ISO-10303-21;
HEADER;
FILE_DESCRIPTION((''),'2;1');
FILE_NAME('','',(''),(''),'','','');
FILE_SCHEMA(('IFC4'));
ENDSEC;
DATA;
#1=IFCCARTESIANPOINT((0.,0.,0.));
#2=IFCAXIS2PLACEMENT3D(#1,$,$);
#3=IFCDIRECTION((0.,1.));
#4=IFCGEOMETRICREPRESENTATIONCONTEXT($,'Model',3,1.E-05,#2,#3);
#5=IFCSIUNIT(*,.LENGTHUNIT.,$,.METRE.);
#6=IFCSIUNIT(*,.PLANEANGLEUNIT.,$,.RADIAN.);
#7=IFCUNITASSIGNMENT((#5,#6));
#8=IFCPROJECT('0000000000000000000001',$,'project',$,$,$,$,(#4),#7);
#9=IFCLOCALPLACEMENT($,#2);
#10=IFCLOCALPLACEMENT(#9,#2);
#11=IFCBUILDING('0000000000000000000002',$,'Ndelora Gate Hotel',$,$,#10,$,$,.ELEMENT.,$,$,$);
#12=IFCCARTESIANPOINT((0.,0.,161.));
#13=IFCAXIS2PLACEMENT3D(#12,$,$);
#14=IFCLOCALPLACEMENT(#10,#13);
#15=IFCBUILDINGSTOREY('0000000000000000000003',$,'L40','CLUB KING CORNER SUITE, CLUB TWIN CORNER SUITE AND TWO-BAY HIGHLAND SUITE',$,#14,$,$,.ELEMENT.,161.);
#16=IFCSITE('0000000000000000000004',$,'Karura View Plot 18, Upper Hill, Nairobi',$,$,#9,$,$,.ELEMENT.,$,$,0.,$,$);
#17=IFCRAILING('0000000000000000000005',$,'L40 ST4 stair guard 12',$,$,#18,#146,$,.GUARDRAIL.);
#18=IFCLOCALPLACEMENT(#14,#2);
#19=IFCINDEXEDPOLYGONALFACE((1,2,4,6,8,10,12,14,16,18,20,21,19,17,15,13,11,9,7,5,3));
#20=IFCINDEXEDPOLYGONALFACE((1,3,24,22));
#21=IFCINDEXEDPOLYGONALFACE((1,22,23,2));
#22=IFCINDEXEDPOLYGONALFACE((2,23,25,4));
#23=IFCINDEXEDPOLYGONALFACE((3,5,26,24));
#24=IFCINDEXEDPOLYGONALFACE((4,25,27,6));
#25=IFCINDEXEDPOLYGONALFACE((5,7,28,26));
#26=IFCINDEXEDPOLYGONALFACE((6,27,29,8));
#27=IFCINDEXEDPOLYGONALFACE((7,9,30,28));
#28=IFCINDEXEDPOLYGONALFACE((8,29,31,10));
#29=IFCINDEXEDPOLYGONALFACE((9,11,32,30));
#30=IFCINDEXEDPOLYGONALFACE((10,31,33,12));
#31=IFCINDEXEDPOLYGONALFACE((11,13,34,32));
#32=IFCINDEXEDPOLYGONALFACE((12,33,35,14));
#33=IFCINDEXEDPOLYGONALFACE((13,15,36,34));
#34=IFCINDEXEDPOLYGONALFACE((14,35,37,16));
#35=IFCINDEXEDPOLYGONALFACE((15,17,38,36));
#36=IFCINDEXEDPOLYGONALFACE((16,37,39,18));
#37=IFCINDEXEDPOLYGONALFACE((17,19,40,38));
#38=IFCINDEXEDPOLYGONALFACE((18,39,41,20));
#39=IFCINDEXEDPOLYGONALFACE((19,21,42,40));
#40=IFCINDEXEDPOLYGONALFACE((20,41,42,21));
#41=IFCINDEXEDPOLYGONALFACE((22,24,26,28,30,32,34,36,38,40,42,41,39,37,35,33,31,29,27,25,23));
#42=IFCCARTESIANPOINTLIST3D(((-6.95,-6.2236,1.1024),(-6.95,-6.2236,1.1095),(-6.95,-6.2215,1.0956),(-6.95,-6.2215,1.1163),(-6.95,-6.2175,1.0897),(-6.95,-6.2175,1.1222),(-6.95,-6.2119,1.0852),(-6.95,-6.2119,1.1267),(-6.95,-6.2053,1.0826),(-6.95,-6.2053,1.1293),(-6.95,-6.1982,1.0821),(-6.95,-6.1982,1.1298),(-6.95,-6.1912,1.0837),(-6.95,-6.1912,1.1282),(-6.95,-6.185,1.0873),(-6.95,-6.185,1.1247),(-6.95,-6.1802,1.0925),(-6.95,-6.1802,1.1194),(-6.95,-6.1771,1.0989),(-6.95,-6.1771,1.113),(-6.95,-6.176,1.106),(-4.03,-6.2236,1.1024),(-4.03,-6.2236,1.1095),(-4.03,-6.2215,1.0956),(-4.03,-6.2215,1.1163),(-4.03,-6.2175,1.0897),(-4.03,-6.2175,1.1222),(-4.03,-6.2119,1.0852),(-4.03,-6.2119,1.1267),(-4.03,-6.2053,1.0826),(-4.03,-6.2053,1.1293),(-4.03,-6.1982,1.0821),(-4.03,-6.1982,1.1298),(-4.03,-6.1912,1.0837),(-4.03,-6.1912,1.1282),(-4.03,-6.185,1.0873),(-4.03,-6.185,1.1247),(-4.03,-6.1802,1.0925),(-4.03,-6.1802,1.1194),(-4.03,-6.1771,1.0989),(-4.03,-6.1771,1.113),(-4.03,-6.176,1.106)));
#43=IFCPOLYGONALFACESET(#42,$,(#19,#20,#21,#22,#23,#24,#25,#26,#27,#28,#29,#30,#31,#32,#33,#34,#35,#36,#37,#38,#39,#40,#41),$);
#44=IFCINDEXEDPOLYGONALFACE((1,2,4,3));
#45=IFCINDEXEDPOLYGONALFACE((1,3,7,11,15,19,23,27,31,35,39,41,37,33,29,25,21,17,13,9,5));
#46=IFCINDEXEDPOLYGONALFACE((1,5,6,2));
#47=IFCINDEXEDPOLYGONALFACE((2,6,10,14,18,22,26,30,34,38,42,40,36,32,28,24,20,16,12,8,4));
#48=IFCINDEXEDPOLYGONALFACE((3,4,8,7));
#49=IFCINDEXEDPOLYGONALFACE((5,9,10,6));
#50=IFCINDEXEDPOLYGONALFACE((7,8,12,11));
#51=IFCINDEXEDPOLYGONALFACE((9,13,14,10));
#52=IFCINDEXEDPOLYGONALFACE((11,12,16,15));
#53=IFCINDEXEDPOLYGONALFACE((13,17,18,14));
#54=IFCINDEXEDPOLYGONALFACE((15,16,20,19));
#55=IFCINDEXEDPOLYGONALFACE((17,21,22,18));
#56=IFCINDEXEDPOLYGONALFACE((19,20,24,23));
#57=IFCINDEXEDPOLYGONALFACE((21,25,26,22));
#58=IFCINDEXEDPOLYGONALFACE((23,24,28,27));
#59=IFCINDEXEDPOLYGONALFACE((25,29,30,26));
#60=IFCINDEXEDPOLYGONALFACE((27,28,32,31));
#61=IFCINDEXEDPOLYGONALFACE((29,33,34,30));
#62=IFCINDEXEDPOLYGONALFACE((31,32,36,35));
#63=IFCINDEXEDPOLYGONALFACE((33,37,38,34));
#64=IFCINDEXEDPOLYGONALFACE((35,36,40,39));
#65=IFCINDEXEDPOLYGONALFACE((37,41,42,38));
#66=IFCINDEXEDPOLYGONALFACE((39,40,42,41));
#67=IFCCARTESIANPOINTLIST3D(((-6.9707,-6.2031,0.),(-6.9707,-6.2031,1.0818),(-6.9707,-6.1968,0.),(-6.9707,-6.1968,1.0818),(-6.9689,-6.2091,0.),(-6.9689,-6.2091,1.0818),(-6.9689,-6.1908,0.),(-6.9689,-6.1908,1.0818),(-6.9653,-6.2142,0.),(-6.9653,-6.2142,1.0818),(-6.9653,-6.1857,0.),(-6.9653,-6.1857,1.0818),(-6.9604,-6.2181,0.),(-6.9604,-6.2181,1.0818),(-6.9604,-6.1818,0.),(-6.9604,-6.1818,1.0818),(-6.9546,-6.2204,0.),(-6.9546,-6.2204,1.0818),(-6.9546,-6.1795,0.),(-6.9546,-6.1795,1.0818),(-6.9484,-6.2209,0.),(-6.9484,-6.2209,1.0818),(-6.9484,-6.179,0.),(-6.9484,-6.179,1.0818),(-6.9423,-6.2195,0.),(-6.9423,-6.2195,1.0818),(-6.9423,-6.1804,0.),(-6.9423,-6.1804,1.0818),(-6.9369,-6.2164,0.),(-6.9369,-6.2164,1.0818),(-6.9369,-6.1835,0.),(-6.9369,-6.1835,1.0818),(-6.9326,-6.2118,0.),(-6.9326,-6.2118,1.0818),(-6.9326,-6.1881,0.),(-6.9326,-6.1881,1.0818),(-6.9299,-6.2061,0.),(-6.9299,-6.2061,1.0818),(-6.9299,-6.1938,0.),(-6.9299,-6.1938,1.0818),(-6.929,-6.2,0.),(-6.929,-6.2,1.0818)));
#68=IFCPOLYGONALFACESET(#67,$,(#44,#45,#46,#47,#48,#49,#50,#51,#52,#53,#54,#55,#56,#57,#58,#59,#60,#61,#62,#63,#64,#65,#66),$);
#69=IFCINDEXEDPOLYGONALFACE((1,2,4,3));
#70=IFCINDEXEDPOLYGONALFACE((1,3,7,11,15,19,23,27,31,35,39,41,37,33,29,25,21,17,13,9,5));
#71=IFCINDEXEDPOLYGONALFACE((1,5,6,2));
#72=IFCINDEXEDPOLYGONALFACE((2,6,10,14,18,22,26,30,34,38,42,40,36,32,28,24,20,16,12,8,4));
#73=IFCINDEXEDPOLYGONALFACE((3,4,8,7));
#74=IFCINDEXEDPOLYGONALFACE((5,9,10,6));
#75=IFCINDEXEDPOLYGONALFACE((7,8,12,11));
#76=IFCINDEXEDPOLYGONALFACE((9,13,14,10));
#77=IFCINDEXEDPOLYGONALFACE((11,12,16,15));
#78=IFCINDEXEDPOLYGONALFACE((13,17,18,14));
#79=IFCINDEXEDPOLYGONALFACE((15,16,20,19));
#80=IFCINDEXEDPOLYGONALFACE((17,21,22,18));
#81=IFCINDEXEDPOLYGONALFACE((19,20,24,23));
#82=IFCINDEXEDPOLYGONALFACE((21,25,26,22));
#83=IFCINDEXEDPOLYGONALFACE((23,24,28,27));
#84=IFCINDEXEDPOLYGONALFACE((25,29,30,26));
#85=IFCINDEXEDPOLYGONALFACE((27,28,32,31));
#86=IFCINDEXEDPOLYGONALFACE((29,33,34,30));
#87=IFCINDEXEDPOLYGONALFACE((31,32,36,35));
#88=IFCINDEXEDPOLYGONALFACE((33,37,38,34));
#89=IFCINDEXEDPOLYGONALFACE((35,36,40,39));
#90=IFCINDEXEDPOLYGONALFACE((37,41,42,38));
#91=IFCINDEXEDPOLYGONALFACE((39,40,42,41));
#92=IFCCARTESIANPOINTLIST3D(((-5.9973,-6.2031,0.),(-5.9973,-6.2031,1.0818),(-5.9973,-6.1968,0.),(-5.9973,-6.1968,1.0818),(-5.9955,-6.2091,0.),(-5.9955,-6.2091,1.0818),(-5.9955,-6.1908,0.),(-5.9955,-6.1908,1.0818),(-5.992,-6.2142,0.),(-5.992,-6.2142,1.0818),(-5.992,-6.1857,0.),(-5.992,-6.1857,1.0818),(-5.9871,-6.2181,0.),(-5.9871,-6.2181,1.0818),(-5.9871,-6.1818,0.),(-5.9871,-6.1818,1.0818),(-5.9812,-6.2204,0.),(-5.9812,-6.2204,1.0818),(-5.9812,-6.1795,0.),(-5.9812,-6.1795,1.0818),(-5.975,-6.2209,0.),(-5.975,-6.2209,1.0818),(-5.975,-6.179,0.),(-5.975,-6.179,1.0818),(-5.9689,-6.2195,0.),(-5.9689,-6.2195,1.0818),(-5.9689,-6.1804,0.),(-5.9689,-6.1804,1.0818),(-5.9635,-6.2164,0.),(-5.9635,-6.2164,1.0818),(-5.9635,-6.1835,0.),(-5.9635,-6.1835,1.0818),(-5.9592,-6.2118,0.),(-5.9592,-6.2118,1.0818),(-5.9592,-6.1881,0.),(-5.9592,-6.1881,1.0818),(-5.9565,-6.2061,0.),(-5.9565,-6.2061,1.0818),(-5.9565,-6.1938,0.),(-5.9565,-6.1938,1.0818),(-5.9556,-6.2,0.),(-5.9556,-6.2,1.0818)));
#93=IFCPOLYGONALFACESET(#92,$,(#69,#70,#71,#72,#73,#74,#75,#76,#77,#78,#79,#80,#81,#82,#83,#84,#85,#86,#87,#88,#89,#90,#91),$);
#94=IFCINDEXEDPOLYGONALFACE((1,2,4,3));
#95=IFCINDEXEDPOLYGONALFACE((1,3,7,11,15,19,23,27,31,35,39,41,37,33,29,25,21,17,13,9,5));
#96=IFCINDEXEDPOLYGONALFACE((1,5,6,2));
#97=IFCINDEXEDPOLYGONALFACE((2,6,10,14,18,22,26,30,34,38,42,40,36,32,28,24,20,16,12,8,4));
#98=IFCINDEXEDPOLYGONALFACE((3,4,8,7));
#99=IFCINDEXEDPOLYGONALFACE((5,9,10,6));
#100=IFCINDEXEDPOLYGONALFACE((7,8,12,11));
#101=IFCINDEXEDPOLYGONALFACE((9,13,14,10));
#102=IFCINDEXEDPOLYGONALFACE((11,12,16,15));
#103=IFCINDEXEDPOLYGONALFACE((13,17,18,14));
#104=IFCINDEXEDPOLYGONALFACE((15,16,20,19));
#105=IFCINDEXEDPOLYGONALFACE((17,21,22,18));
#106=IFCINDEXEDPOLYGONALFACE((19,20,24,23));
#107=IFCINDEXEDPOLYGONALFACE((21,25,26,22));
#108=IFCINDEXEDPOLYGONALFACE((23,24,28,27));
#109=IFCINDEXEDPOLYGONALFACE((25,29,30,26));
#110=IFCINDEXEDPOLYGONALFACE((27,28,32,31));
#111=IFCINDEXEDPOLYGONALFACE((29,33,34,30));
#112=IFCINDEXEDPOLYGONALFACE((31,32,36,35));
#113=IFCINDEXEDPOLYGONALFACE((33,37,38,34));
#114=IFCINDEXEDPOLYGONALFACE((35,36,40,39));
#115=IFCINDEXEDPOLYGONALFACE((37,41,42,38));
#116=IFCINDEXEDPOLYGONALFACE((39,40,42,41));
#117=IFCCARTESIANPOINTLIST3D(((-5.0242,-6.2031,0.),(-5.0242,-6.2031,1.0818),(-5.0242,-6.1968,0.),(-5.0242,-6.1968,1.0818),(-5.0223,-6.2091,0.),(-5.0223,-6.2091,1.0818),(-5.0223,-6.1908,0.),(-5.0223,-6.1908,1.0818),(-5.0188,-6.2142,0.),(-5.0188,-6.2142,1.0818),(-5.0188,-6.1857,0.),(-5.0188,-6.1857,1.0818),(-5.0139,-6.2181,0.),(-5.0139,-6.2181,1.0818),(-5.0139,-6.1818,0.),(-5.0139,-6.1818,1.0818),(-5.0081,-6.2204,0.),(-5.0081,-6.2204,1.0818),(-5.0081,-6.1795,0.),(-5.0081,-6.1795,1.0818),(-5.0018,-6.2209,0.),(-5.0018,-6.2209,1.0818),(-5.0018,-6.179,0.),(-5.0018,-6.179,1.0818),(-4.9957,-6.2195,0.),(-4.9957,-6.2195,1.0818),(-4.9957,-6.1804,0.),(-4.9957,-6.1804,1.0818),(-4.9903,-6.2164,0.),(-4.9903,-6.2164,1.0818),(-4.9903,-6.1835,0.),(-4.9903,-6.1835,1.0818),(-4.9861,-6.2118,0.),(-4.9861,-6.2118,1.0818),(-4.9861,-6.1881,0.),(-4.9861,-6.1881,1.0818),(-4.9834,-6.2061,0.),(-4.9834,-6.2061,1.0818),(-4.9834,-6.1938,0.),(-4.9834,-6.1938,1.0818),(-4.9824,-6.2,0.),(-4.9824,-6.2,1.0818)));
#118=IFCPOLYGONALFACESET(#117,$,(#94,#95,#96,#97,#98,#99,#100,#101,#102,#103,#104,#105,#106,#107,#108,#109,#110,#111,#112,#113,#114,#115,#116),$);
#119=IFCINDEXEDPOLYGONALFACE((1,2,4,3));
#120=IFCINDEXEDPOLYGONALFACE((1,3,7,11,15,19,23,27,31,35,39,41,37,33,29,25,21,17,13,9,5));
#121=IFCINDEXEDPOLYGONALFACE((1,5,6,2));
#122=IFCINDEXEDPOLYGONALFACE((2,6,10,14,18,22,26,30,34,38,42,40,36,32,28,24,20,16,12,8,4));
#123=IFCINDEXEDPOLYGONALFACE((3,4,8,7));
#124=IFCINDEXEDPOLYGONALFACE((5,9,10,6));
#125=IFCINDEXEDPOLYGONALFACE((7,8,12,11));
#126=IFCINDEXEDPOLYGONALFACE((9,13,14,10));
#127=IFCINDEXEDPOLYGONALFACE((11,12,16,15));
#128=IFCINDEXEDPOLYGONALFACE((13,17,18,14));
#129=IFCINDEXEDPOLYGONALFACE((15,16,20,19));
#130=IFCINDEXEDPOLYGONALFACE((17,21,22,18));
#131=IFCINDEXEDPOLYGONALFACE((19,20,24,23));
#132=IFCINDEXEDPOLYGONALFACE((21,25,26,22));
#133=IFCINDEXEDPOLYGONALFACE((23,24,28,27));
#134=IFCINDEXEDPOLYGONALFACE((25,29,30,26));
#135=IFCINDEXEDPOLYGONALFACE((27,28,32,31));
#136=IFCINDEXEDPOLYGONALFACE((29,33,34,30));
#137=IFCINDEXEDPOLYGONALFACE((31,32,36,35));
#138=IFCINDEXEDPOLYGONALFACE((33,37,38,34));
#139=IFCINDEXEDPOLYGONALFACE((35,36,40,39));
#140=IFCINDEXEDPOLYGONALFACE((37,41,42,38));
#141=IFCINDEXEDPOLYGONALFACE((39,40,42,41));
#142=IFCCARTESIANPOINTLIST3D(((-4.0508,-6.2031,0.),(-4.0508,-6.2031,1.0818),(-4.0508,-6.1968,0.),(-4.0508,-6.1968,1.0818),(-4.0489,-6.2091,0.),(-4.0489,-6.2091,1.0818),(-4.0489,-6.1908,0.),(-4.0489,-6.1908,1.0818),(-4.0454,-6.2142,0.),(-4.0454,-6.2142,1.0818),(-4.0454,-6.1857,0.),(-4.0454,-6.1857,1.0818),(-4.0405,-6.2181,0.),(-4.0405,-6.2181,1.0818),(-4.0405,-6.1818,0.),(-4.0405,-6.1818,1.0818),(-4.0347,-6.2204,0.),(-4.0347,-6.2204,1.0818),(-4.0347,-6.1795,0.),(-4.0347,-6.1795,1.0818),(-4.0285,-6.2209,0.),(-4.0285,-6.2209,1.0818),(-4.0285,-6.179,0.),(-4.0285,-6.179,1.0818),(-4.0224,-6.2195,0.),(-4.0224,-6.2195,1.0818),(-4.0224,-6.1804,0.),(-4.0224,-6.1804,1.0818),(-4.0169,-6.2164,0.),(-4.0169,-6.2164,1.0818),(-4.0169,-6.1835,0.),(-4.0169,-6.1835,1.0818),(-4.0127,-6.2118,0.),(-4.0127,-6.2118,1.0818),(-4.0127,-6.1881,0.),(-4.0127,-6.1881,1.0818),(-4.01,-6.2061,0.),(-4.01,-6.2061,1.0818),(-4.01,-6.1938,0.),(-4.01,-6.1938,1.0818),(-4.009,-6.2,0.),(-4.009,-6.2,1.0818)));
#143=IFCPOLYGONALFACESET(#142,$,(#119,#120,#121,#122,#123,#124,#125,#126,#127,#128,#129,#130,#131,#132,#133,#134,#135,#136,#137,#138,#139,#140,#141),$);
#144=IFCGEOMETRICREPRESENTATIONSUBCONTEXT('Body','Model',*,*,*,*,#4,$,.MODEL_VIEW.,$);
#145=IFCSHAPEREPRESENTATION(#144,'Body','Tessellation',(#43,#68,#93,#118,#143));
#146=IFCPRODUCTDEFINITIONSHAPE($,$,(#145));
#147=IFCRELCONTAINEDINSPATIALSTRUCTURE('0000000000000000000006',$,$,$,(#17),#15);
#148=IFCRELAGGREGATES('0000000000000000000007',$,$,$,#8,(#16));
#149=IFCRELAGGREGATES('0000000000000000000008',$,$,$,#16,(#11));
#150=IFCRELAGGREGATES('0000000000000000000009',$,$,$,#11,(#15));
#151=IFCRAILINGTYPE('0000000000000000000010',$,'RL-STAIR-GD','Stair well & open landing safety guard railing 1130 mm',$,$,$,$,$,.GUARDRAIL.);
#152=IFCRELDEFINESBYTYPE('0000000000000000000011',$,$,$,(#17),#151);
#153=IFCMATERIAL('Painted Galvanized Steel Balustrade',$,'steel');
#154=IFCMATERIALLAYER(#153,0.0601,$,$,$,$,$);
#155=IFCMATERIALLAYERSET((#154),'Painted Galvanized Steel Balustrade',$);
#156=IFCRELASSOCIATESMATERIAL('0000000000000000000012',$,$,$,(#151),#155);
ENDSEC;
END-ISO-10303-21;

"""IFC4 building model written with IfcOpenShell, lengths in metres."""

from ifc_helpers import new_model, si_unit, direction, frame, origin, origin_2d, place, context, subcontext, project, spatial, circle, extrude, material, layer, layer_set, type_object, element, save


model = new_model("IFC4")

# Units and contexts
model_context = context("Model", 3, precision=1e-05, world=origin(), true_north=direction((0.0, 1.0)))
body_context = subcontext(model_context, "Body", "Model", "MODEL_VIEW")
ifc_project = project(units=[si_unit("LENGTHUNIT", "METRE"), si_unit("PLANEANGLEUNIT", "RADIAN")], contexts=[model_context])

# Site, building, storey
site_placement = place(None, origin())
site = spatial("IfcSite", under=ifc_project, at=site_placement, Name="Karura View Plot 18, Upper Hill, Nairobi", CompositionType="ELEMENT", RefElevation=0.0)
building_placement = place(site_placement, origin())
building = spatial("IfcBuilding", under=site, at=building_placement, Name="Ndelora Gate Hotel", CompositionType="ELEMENT")
storey_placement = place(building_placement, frame((0.0, 0.0, 161.0)))
storey = spatial("IfcBuildingStorey", under=building, at=storey_placement, Name="L40", Description="CLUB KING CORNER SUITE, CLUB TWIN CORNER SUITE AND TWO-BAY HIGHLAND SUITE", CompositionType="ELEMENT", Elevation=161.0)

# Railing
ifc_material_1 = material(Name="Painted Galvanized Steel Balustrade", Category="steel")
ifc_layer_1 = layer(ifc_material_1, 0.0601)
ifc_layer_set_1 = layer_set([ifc_layer_1], Name="Painted Galvanized Steel Balustrade")
railing_type_1 = type_object("IfcRailingType", Name="RL-STAIR-GD", Description="Stair well & open landing safety guard railing 1130 mm", PredefinedType="GUARDRAIL", material=ifc_layer_set_1)
railing_1_placement = place(storey_placement, frame((-6.95, -6.2, 0.0)))
element("IfcRailing", 1, at=railing_1_placement, inside=storey, type_object=railing_type_1, Name="L40 ST4 stair guard 12", PredefinedType="GUARDRAIL", context=body_context, shape_type="SweptSolid", body=[
    extrude(circle(Radius=0.0239, at=origin_2d()), frame((0.0, 0.0, 1.106), z_axis=(1.0, 0.0, 0.0), x_axis=(0.0, 1.0, 0.0)), (0.0, 0.0, 1.0), 2.9199),
    extrude(circle(Radius=0.021, at=origin_2d()), origin(), (0.0, 0.0, 1.0), 1.0818),
    extrude(circle(Radius=0.021, at=origin_2d()), frame((0.9734, 0.0, 0.0)), (0.0, 0.0, 1.0), 1.0818),
    extrude(circle(Radius=0.021, at=origin_2d()), frame((1.9465, 0.0, 0.0)), (0.0, 0.0, 1.0), 1.0818),
    extrude(circle(Radius=0.021, at=origin_2d()), frame((2.9199, 0.0, 0.0)), (0.0, 0.0, 1.0), 1.0818),
])

save(model, "model.ifc")
